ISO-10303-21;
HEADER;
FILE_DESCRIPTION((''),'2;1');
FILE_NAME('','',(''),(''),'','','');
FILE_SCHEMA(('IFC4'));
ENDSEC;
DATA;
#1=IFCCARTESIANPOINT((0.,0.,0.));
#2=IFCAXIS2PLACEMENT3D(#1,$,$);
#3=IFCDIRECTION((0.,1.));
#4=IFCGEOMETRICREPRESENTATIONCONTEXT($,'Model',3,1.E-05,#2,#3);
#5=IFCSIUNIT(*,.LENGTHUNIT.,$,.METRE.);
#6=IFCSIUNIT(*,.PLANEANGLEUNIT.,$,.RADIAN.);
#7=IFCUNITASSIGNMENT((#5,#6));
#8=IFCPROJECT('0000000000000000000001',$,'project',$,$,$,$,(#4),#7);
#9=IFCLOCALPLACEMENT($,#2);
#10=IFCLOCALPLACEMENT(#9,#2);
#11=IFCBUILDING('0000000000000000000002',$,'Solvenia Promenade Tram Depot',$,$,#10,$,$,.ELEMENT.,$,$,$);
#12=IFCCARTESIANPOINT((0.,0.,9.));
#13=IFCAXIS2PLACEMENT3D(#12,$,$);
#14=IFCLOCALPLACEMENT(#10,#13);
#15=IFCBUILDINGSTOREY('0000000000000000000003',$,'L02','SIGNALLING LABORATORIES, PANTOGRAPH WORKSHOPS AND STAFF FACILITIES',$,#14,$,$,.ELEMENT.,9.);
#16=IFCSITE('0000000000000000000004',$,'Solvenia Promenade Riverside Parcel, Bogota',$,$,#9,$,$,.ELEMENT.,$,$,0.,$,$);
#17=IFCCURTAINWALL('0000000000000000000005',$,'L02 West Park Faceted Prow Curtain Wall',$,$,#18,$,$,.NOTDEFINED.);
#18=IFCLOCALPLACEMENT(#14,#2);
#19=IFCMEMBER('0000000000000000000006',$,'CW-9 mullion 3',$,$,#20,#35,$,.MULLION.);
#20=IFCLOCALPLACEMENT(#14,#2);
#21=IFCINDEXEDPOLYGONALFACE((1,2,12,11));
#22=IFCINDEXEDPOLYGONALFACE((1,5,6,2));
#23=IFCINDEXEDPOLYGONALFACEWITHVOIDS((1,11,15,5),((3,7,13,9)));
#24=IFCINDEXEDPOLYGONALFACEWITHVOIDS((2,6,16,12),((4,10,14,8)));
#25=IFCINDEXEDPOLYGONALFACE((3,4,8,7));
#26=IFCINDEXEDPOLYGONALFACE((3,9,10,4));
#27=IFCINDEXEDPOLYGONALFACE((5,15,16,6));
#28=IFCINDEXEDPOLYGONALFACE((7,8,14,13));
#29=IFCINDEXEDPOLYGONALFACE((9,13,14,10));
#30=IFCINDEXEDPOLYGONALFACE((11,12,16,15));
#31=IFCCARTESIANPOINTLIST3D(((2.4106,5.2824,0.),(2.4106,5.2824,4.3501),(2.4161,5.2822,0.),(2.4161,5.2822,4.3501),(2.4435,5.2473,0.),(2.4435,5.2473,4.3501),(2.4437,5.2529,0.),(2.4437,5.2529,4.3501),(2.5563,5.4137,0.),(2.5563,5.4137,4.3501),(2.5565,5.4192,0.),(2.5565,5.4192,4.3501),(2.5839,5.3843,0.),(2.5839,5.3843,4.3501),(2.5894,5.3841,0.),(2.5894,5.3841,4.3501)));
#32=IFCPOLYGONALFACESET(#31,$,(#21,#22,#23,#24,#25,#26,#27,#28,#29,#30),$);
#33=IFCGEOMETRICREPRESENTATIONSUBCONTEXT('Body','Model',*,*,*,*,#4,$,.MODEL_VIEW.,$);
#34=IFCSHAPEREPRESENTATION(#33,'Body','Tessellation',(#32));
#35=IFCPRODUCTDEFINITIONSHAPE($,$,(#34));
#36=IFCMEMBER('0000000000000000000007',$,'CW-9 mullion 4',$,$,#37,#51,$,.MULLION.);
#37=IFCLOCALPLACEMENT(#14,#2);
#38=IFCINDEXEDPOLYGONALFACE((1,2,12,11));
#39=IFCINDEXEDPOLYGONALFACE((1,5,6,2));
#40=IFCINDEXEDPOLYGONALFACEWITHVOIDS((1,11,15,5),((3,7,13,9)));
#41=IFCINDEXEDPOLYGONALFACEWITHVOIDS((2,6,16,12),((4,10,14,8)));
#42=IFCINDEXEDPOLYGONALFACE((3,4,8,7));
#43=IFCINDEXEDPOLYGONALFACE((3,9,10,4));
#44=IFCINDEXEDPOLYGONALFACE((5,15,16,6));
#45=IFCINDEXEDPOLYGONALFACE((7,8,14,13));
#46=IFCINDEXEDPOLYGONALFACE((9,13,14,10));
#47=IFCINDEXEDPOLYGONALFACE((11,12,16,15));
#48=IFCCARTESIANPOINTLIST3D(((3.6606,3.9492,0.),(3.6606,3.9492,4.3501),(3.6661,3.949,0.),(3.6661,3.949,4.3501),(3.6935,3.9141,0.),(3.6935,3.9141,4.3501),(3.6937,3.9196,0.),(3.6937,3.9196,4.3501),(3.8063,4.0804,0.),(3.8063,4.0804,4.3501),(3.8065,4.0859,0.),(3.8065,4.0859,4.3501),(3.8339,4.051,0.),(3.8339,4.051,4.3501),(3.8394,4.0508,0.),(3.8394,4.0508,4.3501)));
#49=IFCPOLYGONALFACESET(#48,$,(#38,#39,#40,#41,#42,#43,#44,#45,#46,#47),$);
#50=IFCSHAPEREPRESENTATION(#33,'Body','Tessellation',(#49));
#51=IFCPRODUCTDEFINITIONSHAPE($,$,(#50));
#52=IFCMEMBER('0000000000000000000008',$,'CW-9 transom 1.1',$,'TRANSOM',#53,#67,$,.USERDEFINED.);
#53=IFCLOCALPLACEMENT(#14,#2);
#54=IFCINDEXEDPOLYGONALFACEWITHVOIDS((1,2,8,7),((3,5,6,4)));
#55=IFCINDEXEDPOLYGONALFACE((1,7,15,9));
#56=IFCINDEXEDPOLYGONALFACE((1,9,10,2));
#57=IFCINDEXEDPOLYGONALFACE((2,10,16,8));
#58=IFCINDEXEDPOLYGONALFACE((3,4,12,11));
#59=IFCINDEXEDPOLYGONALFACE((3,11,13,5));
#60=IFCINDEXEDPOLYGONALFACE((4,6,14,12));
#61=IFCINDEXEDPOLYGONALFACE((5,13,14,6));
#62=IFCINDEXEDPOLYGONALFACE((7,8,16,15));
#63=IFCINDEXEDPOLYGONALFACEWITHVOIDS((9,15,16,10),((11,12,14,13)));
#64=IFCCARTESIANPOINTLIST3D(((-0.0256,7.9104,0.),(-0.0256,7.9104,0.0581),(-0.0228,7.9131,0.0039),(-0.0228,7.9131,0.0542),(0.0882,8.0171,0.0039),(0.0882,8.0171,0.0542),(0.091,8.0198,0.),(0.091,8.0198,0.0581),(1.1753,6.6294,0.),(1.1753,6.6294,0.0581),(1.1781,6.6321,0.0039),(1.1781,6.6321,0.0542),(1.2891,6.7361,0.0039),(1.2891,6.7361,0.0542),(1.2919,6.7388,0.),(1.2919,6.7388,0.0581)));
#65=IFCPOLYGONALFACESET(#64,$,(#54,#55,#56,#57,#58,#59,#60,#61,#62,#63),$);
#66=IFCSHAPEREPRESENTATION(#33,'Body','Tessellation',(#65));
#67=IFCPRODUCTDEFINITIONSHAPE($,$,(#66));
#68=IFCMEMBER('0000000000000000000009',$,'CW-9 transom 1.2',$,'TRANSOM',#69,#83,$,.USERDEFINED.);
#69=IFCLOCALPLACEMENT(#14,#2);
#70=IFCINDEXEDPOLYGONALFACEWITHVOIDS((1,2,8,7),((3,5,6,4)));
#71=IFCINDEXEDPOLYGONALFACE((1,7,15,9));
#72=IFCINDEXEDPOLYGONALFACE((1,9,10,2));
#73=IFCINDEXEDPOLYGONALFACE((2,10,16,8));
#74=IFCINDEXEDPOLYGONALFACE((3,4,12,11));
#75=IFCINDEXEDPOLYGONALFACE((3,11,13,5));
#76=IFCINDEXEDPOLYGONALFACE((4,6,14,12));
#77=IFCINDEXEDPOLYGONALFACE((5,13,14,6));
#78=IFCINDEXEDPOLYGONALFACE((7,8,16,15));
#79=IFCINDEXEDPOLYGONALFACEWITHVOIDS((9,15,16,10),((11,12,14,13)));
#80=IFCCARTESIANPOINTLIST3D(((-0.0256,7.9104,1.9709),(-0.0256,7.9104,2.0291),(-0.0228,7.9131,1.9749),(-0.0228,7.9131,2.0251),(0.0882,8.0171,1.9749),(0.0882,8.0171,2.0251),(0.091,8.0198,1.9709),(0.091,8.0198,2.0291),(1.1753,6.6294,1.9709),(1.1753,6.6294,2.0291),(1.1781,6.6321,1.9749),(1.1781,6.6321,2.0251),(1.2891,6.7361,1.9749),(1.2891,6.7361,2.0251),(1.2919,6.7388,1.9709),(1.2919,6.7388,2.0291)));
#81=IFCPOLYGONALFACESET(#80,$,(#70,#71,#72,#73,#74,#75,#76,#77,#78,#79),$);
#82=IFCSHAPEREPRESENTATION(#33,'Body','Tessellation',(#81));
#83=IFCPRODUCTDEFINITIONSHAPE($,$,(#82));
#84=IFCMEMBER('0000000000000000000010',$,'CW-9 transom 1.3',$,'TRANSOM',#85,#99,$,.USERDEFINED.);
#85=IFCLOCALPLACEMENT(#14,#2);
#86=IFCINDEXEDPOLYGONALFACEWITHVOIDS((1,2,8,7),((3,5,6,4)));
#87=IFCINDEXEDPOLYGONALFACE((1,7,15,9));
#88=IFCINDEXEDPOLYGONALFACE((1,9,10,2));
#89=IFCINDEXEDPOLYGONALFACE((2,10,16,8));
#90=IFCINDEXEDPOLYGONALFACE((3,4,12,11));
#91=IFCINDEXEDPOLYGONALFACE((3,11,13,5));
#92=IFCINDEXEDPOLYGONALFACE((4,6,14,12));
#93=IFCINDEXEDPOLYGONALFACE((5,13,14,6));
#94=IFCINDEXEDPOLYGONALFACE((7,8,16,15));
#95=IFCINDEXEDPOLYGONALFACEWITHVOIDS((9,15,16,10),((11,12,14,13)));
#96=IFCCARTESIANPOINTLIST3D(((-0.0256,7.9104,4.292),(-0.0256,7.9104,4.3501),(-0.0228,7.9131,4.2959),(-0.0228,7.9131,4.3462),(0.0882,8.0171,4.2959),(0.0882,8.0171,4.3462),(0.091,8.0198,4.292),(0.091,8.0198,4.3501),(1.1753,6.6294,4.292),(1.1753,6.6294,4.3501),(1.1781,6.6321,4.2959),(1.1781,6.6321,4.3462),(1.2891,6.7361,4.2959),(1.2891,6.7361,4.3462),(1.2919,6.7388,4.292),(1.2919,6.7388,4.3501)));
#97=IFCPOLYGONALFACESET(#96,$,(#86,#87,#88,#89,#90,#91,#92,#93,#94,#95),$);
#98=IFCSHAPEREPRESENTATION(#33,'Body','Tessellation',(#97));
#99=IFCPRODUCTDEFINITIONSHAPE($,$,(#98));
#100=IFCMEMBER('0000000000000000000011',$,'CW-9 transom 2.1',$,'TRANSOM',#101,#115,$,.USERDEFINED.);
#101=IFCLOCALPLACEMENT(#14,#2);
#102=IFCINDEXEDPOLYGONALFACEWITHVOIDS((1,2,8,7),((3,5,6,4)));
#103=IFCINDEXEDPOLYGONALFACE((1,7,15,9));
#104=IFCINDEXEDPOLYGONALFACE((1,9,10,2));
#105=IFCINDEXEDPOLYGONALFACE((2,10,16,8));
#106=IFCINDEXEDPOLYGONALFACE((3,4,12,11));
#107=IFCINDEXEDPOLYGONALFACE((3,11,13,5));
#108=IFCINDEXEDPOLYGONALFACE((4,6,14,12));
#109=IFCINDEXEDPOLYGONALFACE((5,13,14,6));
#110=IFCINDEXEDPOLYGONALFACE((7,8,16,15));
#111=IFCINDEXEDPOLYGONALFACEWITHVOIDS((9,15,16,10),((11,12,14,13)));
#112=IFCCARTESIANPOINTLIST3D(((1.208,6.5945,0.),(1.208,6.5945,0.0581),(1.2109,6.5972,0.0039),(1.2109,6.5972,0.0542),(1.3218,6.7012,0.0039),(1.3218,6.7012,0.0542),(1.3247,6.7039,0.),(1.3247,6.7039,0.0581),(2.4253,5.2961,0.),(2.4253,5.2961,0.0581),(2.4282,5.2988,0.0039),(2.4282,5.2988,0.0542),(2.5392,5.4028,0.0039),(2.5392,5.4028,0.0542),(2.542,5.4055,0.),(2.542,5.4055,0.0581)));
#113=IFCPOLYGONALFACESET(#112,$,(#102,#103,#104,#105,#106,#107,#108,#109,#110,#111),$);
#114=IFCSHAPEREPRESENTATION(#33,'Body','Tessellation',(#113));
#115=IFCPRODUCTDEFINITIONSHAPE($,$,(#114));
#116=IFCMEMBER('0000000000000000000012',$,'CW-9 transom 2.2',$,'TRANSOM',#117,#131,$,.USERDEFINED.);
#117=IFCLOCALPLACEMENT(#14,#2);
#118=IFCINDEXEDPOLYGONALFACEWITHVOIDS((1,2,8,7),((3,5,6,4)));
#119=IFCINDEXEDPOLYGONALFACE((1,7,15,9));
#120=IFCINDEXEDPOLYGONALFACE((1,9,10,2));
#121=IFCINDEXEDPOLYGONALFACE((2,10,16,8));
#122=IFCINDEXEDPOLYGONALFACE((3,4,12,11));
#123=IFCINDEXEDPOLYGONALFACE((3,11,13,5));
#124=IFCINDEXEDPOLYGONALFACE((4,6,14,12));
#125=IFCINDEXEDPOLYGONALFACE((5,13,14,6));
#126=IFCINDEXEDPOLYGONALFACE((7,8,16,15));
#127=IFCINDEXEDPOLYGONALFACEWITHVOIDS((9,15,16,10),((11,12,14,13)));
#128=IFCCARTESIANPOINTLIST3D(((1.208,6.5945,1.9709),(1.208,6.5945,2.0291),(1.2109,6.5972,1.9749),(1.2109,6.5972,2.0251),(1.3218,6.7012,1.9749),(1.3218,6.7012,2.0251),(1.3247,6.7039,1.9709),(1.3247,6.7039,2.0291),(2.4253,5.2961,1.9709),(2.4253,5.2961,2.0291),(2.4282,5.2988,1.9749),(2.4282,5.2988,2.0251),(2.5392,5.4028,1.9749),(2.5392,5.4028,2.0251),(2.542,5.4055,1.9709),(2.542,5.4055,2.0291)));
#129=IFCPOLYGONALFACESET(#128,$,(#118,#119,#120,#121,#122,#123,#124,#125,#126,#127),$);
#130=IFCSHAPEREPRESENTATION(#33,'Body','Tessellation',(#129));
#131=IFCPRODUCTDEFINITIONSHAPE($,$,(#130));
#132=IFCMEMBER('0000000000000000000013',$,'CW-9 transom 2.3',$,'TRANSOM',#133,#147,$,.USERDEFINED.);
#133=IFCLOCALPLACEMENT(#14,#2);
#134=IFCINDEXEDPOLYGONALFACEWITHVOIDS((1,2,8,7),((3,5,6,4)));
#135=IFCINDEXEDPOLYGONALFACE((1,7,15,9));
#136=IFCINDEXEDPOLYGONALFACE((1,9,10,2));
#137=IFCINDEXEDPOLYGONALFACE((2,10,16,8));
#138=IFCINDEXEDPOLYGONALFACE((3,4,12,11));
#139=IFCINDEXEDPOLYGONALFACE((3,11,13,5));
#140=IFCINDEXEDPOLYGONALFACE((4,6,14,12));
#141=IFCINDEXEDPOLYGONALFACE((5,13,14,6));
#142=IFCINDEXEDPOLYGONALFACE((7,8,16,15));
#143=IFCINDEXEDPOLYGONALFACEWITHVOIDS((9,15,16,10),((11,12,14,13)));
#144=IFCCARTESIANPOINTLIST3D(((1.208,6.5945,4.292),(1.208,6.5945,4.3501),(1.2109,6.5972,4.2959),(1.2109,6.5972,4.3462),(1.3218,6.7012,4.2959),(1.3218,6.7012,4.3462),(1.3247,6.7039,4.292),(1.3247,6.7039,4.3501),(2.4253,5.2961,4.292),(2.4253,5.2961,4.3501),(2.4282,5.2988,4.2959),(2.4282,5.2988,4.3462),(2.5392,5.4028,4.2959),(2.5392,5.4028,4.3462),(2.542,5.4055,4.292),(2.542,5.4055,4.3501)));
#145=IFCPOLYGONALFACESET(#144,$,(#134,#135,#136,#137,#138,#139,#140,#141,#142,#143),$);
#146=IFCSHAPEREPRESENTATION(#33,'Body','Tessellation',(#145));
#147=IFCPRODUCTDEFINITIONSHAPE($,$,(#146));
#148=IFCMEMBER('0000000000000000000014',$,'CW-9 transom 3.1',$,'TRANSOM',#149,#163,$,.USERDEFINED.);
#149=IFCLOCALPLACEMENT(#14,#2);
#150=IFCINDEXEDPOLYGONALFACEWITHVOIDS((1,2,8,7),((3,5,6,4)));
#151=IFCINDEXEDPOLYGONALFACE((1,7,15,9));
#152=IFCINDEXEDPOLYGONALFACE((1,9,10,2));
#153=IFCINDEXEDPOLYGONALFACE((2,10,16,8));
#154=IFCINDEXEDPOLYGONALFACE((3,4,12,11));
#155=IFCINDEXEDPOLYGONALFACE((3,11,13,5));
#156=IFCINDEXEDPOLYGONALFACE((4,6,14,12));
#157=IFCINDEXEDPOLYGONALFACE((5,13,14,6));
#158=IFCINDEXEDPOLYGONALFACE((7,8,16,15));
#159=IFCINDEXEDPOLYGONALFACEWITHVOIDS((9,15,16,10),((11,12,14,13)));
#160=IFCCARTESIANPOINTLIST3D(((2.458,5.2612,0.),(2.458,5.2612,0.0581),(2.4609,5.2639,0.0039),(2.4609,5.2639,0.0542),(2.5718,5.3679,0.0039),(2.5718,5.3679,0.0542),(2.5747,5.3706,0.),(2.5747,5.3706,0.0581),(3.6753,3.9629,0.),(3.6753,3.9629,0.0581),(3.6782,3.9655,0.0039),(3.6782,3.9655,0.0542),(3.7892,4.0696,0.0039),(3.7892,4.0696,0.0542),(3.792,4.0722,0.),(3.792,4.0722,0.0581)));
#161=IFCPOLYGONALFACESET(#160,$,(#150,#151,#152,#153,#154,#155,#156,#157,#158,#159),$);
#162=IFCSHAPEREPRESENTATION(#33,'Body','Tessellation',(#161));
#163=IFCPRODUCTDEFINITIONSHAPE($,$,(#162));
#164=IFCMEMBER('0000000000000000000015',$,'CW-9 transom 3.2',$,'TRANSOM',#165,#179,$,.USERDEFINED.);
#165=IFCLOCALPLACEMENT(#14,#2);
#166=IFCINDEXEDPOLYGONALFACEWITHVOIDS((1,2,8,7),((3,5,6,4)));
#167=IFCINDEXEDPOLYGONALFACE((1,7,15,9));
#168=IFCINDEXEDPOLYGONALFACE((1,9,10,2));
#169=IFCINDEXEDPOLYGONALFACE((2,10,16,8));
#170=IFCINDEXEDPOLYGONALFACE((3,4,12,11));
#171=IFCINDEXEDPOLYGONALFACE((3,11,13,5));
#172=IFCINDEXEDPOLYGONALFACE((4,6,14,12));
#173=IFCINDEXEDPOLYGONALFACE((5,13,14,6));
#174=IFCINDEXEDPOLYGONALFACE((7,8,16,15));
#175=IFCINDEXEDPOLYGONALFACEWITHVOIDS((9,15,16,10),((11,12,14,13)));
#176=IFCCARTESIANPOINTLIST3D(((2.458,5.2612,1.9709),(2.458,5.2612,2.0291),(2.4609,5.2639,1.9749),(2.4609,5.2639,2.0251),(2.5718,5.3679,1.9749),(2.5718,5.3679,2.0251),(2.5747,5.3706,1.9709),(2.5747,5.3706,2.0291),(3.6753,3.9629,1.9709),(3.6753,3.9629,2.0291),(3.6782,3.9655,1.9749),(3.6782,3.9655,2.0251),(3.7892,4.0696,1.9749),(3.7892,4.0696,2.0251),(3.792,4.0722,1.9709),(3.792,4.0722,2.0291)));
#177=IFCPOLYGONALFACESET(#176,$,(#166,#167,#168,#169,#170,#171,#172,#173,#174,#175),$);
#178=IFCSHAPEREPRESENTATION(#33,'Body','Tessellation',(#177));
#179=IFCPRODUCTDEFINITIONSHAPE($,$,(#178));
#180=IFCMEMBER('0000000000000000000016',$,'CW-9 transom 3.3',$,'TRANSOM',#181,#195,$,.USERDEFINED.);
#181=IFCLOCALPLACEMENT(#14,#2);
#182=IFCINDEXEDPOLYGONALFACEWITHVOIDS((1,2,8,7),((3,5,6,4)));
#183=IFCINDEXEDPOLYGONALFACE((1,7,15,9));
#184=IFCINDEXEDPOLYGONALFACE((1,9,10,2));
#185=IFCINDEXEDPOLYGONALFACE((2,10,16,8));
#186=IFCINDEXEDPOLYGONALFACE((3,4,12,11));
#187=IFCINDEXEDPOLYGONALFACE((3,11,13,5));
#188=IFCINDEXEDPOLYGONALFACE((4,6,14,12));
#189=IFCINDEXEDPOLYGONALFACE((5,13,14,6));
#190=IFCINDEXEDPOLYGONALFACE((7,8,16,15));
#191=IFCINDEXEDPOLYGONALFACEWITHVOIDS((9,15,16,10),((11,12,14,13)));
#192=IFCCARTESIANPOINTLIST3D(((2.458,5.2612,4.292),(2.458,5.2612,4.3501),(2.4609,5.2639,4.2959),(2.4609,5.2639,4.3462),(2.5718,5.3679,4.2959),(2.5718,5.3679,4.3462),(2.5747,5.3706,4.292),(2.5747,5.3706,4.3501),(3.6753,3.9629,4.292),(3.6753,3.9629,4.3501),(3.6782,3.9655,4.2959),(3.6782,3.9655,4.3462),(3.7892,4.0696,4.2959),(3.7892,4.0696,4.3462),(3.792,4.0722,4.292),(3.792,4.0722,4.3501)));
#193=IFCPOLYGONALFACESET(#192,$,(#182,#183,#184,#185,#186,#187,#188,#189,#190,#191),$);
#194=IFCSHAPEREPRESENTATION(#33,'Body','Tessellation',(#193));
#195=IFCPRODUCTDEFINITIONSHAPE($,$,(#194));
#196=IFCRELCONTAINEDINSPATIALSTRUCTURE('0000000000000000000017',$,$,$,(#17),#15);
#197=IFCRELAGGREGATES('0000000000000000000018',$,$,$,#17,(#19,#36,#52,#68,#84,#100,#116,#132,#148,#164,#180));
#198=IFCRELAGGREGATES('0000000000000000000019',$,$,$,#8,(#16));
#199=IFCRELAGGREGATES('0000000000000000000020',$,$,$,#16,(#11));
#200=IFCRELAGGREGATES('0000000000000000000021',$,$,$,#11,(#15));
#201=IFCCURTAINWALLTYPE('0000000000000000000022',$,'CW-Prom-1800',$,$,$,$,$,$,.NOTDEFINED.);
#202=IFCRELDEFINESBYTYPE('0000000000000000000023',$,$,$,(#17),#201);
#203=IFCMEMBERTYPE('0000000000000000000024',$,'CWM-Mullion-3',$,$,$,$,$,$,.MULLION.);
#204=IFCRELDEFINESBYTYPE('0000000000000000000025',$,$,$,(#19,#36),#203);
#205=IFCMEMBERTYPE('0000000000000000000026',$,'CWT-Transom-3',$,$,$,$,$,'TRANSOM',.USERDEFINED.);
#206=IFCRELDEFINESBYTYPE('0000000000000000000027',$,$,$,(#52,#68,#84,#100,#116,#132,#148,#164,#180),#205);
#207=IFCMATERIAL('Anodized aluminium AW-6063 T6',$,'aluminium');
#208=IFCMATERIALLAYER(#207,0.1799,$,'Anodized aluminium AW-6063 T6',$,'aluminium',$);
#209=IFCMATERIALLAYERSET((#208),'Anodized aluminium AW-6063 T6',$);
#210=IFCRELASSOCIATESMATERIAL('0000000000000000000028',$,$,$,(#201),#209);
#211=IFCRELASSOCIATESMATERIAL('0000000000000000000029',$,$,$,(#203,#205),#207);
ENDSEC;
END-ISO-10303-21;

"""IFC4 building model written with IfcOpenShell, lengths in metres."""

from ifc_helpers import new_model, si_unit, direction, frame, origin, origin_2d, place, context, subcontext, project, spatial, hollow_rectangle, extrude, material, layer, layer_set, material_profile, profile_set, type_object, element, aggregate, save


model = new_model("IFC4")

# Units and contexts
model_context = context("Model", 3, precision=1e-05, world=origin(), true_north=direction((0.0, 1.0)))
body_context = subcontext(model_context, "Body", "Model", "MODEL_VIEW")
ifc_project = project(units=[si_unit("LENGTHUNIT", "METRE"), si_unit("PLANEANGLEUNIT", "RADIAN")], contexts=[model_context])

# Site, building, storey
site_placement = place(None, origin())
site = spatial("IfcSite", under=ifc_project, at=site_placement, Name="Solvenia Promenade Riverside Parcel, Bogota", CompositionType="ELEMENT", RefElevation=0.0)
building_placement = place(site_placement, origin())
building = spatial("IfcBuilding", under=site, at=building_placement, Name="Solvenia Promenade Tram Depot", CompositionType="ELEMENT")
storey_placement = place(building_placement, frame((0.0, 0.0, 9.0)))
storey = spatial("IfcBuildingStorey", under=building, at=storey_placement, Name="L02", Description="SIGNALLING LABORATORIES, PANTOGRAPH WORKSHOPS AND STAFF FACILITIES", CompositionType="ELEMENT", Elevation=9.0)

# Curtain wall, members
ifc_material_1 = material(Name="Anodized aluminium AW-6063 T6", Category="aluminium")
ifc_layer_1 = layer(ifc_material_1, 0.1799, Name="Anodized aluminium AW-6063 T6", Category="aluminium")
ifc_layer_set_1 = layer_set([ifc_layer_1], Name="Anodized aluminium AW-6063 T6")
curtain_wall_type = type_object("IfcCurtainWallType", Name="CW-Prom-1800", PredefinedType="NOTDEFINED", material=ifc_layer_set_1)
curtain_wall_placement = place(storey_placement, origin())
curtain_wall = element("IfcCurtainWall", 1, at=curtain_wall_placement, inside=storey, type_object=curtain_wall_type, Name="L02 West Park Faceted Prow Curtain Wall", PredefinedType="NOTDEFINED")
ifc_material_profile_1 = material_profile(ifc_material_1, hollow_rectangle(XDim=0.2, YDim=0.0481, WallThickness=0.0039, at=origin_2d()), Name="ALU-M3", Category="aluminium")
ifc_profile_set_1 = profile_set([ifc_material_profile_1], Name="Anodized aluminium AW-6063 T6")
member_type_1 = type_object("IfcMemberType", Name="CWM-Mullion-3", PredefinedType="MULLION", material=ifc_profile_set_1)
member_1_placement = place(storey_placement, frame((2.5, 5.3333, 0.0), z_axis=(0.0, 0.0, 1.0), x_axis=(0.729537, 0.683941, 0.0)))
member_1 = element("IfcMember", 2, at=member_1_placement, type_object=member_type_1, Name="CW-9 mullion 3", PredefinedType="MULLION", context=body_context, shape_type="SweptSolid", body=[
    extrude(hollow_rectangle(XDim=0.2, YDim=0.0481, WallThickness=0.0039, at=origin_2d()), origin(), (0.0, 0.0, 1.0), 4.3501),
])
member_2_placement = place(storey_placement, frame((3.75, 4.0, 0.0), z_axis=(0.0, 0.0, 1.0), x_axis=(0.729537, 0.683941, 0.0)))
member_2 = element("IfcMember", 3, at=member_2_placement, type_object=member_type_1, Name="CW-9 mullion 4", PredefinedType="MULLION", context=body_context, shape_type="SweptSolid", body=[
    extrude(hollow_rectangle(XDim=0.2, YDim=0.0481, WallThickness=0.0039, at=origin_2d()), origin(), (0.0, 0.0, 1.0), 4.3501),
])
ifc_material_profile_2 = material_profile(ifc_material_1, hollow_rectangle(XDim=0.1599, YDim=0.0581, WallThickness=0.0039, at=origin_2d()), Name="ALU-T3", Category="aluminium")
ifc_profile_set_2 = profile_set([ifc_material_profile_2], Name="Anodized aluminium AW-6063 T6")
member_type_2 = type_object("IfcMemberType", Name="CWT-Transom-3", ElementType="TRANSOM", PredefinedType="USERDEFINED", material=ifc_profile_set_2)
member_3_placement = place(storey_placement, frame((0.0327, 7.9651, 0.0291), z_axis=(0.683937, -0.729542, 0.0), x_axis=(0.729542, 0.683937, 0.0)))
member_3 = element("IfcMember", 4, at=member_3_placement, type_object=member_type_2, Name="CW-9 transom 1.1", ObjectType="TRANSOM", PredefinedType="USERDEFINED", context=body_context, shape_type="SweptSolid", body=[
    extrude(hollow_rectangle(XDim=0.1599, YDim=0.0581, WallThickness=0.0039, at=origin_2d()), origin(), (0.0, 0.0, 1.0), 1.7559),
])
member_4_placement = place(storey_placement, frame((0.0327, 7.9651, 2.0), z_axis=(0.683937, -0.729542, 0.0), x_axis=(0.729542, 0.683937, 0.0)))
member_4 = element("IfcMember", 5, at=member_4_placement, type_object=member_type_2, Name="CW-9 transom 1.2", ObjectType="TRANSOM", PredefinedType="USERDEFINED", context=body_context, shape_type="SweptSolid", body=[
    extrude(hollow_rectangle(XDim=0.1599, YDim=0.0581, WallThickness=0.0039, at=origin_2d()), origin(), (0.0, 0.0, 1.0), 1.7559),
])
member_5_placement = place(storey_placement, frame((0.0327, 7.9651, 4.321), z_axis=(0.683937, -0.729542, 0.0), x_axis=(0.729542, 0.683937, 0.0)))
member_5 = element("IfcMember", 6, at=member_5_placement, type_object=member_type_2, Name="CW-9 transom 1.3", ObjectType="TRANSOM", PredefinedType="USERDEFINED", context=body_context, shape_type="SweptSolid", body=[
    extrude(hollow_rectangle(XDim=0.1599, YDim=0.0581, WallThickness=0.0039, at=origin_2d()), origin(), (0.0, 0.0, 1.0), 1.7559),
])
member_6_placement = place(storey_placement, frame((1.2664, 6.6492, 0.0291), z_axis=(0.683969, -0.729512, 0.0), x_axis=(0.729512, 0.683969, 0.0)))
member_6 = element("IfcMember", 7, at=member_6_placement, type_object=member_type_2, Name="CW-9 transom 2.1", ObjectType="TRANSOM", PredefinedType="USERDEFINED", context=body_context, shape_type="SweptSolid", body=[
    extrude(hollow_rectangle(XDim=0.1599, YDim=0.0581, WallThickness=0.0039, at=origin_2d()), origin(), (0.0, 0.0, 1.0), 1.7798),
])
member_7_placement = place(storey_placement, frame((1.2664, 6.6492, 2.0), z_axis=(0.683969, -0.729512, 0.0), x_axis=(0.729512, 0.683969, 0.0)))
member_7 = element("IfcMember", 8, at=member_7_placement, type_object=member_type_2, Name="CW-9 transom 2.2", ObjectType="TRANSOM", PredefinedType="USERDEFINED", context=body_context, shape_type="SweptSolid", body=[
    extrude(hollow_rectangle(XDim=0.1599, YDim=0.0581, WallThickness=0.0039, at=origin_2d()), origin(), (0.0, 0.0, 1.0), 1.7798),
])
member_8_placement = place(storey_placement, frame((1.2664, 6.6492, 4.321), z_axis=(0.683969, -0.729512, 0.0), x_axis=(0.729512, 0.683969, 0.0)))
member_8 = element("IfcMember", 9, at=member_8_placement, type_object=member_type_2, Name="CW-9 transom 2.3", ObjectType="TRANSOM", PredefinedType="USERDEFINED", context=body_context, shape_type="SweptSolid", body=[
    extrude(hollow_rectangle(XDim=0.1599, YDim=0.0581, WallThickness=0.0039, at=origin_2d()), origin(), (0.0, 0.0, 1.0), 1.7798),
])
member_9_placement = place(storey_placement, frame((2.5164, 5.3159, 0.0291), z_axis=(0.683969, -0.729512, 0.0), x_axis=(0.729512, 0.683969, 0.0)))
member_9 = element("IfcMember", 10, at=member_9_placement, type_object=member_type_2, Name="CW-9 transom 3.1", ObjectType="TRANSOM", PredefinedType="USERDEFINED", context=body_context, shape_type="SweptSolid", body=[
    extrude(hollow_rectangle(XDim=0.1599, YDim=0.0581, WallThickness=0.0039, at=origin_2d()), origin(), (0.0, 0.0, 1.0), 1.7798),
])
member_10_placement = place(storey_placement, frame((2.5164, 5.3159, 2.0), z_axis=(0.683969, -0.729512, 0.0), x_axis=(0.729512, 0.683969, 0.0)))
member_10 = element("IfcMember", 11, at=member_10_placement, type_object=member_type_2, Name="CW-9 transom 3.2", ObjectType="TRANSOM", PredefinedType="USERDEFINED", context=body_context, shape_type="SweptSolid", body=[
    extrude(hollow_rectangle(XDim=0.1599, YDim=0.0581, WallThickness=0.0039, at=origin_2d()), origin(), (0.0, 0.0, 1.0), 1.7798),
])
member_11_placement = place(storey_placement, frame((2.5164, 5.3159, 4.321), z_axis=(0.683969, -0.729512, 0.0), x_axis=(0.729512, 0.683969, 0.0)))
member_11 = element("IfcMember", 12, at=member_11_placement, type_object=member_type_2, Name="CW-9 transom 3.3", ObjectType="TRANSOM", PredefinedType="USERDEFINED", context=body_context, shape_type="SweptSolid", body=[
    extrude(hollow_rectangle(XDim=0.1599, YDim=0.0581, WallThickness=0.0039, at=origin_2d()), origin(), (0.0, 0.0, 1.0), 1.7798),
])

aggregate(curtain_wall, [member_1, member_2, member_3, member_4, member_5, member_6, member_7, member_8, member_9, member_10, member_11])

save(model, "model.ifc")
